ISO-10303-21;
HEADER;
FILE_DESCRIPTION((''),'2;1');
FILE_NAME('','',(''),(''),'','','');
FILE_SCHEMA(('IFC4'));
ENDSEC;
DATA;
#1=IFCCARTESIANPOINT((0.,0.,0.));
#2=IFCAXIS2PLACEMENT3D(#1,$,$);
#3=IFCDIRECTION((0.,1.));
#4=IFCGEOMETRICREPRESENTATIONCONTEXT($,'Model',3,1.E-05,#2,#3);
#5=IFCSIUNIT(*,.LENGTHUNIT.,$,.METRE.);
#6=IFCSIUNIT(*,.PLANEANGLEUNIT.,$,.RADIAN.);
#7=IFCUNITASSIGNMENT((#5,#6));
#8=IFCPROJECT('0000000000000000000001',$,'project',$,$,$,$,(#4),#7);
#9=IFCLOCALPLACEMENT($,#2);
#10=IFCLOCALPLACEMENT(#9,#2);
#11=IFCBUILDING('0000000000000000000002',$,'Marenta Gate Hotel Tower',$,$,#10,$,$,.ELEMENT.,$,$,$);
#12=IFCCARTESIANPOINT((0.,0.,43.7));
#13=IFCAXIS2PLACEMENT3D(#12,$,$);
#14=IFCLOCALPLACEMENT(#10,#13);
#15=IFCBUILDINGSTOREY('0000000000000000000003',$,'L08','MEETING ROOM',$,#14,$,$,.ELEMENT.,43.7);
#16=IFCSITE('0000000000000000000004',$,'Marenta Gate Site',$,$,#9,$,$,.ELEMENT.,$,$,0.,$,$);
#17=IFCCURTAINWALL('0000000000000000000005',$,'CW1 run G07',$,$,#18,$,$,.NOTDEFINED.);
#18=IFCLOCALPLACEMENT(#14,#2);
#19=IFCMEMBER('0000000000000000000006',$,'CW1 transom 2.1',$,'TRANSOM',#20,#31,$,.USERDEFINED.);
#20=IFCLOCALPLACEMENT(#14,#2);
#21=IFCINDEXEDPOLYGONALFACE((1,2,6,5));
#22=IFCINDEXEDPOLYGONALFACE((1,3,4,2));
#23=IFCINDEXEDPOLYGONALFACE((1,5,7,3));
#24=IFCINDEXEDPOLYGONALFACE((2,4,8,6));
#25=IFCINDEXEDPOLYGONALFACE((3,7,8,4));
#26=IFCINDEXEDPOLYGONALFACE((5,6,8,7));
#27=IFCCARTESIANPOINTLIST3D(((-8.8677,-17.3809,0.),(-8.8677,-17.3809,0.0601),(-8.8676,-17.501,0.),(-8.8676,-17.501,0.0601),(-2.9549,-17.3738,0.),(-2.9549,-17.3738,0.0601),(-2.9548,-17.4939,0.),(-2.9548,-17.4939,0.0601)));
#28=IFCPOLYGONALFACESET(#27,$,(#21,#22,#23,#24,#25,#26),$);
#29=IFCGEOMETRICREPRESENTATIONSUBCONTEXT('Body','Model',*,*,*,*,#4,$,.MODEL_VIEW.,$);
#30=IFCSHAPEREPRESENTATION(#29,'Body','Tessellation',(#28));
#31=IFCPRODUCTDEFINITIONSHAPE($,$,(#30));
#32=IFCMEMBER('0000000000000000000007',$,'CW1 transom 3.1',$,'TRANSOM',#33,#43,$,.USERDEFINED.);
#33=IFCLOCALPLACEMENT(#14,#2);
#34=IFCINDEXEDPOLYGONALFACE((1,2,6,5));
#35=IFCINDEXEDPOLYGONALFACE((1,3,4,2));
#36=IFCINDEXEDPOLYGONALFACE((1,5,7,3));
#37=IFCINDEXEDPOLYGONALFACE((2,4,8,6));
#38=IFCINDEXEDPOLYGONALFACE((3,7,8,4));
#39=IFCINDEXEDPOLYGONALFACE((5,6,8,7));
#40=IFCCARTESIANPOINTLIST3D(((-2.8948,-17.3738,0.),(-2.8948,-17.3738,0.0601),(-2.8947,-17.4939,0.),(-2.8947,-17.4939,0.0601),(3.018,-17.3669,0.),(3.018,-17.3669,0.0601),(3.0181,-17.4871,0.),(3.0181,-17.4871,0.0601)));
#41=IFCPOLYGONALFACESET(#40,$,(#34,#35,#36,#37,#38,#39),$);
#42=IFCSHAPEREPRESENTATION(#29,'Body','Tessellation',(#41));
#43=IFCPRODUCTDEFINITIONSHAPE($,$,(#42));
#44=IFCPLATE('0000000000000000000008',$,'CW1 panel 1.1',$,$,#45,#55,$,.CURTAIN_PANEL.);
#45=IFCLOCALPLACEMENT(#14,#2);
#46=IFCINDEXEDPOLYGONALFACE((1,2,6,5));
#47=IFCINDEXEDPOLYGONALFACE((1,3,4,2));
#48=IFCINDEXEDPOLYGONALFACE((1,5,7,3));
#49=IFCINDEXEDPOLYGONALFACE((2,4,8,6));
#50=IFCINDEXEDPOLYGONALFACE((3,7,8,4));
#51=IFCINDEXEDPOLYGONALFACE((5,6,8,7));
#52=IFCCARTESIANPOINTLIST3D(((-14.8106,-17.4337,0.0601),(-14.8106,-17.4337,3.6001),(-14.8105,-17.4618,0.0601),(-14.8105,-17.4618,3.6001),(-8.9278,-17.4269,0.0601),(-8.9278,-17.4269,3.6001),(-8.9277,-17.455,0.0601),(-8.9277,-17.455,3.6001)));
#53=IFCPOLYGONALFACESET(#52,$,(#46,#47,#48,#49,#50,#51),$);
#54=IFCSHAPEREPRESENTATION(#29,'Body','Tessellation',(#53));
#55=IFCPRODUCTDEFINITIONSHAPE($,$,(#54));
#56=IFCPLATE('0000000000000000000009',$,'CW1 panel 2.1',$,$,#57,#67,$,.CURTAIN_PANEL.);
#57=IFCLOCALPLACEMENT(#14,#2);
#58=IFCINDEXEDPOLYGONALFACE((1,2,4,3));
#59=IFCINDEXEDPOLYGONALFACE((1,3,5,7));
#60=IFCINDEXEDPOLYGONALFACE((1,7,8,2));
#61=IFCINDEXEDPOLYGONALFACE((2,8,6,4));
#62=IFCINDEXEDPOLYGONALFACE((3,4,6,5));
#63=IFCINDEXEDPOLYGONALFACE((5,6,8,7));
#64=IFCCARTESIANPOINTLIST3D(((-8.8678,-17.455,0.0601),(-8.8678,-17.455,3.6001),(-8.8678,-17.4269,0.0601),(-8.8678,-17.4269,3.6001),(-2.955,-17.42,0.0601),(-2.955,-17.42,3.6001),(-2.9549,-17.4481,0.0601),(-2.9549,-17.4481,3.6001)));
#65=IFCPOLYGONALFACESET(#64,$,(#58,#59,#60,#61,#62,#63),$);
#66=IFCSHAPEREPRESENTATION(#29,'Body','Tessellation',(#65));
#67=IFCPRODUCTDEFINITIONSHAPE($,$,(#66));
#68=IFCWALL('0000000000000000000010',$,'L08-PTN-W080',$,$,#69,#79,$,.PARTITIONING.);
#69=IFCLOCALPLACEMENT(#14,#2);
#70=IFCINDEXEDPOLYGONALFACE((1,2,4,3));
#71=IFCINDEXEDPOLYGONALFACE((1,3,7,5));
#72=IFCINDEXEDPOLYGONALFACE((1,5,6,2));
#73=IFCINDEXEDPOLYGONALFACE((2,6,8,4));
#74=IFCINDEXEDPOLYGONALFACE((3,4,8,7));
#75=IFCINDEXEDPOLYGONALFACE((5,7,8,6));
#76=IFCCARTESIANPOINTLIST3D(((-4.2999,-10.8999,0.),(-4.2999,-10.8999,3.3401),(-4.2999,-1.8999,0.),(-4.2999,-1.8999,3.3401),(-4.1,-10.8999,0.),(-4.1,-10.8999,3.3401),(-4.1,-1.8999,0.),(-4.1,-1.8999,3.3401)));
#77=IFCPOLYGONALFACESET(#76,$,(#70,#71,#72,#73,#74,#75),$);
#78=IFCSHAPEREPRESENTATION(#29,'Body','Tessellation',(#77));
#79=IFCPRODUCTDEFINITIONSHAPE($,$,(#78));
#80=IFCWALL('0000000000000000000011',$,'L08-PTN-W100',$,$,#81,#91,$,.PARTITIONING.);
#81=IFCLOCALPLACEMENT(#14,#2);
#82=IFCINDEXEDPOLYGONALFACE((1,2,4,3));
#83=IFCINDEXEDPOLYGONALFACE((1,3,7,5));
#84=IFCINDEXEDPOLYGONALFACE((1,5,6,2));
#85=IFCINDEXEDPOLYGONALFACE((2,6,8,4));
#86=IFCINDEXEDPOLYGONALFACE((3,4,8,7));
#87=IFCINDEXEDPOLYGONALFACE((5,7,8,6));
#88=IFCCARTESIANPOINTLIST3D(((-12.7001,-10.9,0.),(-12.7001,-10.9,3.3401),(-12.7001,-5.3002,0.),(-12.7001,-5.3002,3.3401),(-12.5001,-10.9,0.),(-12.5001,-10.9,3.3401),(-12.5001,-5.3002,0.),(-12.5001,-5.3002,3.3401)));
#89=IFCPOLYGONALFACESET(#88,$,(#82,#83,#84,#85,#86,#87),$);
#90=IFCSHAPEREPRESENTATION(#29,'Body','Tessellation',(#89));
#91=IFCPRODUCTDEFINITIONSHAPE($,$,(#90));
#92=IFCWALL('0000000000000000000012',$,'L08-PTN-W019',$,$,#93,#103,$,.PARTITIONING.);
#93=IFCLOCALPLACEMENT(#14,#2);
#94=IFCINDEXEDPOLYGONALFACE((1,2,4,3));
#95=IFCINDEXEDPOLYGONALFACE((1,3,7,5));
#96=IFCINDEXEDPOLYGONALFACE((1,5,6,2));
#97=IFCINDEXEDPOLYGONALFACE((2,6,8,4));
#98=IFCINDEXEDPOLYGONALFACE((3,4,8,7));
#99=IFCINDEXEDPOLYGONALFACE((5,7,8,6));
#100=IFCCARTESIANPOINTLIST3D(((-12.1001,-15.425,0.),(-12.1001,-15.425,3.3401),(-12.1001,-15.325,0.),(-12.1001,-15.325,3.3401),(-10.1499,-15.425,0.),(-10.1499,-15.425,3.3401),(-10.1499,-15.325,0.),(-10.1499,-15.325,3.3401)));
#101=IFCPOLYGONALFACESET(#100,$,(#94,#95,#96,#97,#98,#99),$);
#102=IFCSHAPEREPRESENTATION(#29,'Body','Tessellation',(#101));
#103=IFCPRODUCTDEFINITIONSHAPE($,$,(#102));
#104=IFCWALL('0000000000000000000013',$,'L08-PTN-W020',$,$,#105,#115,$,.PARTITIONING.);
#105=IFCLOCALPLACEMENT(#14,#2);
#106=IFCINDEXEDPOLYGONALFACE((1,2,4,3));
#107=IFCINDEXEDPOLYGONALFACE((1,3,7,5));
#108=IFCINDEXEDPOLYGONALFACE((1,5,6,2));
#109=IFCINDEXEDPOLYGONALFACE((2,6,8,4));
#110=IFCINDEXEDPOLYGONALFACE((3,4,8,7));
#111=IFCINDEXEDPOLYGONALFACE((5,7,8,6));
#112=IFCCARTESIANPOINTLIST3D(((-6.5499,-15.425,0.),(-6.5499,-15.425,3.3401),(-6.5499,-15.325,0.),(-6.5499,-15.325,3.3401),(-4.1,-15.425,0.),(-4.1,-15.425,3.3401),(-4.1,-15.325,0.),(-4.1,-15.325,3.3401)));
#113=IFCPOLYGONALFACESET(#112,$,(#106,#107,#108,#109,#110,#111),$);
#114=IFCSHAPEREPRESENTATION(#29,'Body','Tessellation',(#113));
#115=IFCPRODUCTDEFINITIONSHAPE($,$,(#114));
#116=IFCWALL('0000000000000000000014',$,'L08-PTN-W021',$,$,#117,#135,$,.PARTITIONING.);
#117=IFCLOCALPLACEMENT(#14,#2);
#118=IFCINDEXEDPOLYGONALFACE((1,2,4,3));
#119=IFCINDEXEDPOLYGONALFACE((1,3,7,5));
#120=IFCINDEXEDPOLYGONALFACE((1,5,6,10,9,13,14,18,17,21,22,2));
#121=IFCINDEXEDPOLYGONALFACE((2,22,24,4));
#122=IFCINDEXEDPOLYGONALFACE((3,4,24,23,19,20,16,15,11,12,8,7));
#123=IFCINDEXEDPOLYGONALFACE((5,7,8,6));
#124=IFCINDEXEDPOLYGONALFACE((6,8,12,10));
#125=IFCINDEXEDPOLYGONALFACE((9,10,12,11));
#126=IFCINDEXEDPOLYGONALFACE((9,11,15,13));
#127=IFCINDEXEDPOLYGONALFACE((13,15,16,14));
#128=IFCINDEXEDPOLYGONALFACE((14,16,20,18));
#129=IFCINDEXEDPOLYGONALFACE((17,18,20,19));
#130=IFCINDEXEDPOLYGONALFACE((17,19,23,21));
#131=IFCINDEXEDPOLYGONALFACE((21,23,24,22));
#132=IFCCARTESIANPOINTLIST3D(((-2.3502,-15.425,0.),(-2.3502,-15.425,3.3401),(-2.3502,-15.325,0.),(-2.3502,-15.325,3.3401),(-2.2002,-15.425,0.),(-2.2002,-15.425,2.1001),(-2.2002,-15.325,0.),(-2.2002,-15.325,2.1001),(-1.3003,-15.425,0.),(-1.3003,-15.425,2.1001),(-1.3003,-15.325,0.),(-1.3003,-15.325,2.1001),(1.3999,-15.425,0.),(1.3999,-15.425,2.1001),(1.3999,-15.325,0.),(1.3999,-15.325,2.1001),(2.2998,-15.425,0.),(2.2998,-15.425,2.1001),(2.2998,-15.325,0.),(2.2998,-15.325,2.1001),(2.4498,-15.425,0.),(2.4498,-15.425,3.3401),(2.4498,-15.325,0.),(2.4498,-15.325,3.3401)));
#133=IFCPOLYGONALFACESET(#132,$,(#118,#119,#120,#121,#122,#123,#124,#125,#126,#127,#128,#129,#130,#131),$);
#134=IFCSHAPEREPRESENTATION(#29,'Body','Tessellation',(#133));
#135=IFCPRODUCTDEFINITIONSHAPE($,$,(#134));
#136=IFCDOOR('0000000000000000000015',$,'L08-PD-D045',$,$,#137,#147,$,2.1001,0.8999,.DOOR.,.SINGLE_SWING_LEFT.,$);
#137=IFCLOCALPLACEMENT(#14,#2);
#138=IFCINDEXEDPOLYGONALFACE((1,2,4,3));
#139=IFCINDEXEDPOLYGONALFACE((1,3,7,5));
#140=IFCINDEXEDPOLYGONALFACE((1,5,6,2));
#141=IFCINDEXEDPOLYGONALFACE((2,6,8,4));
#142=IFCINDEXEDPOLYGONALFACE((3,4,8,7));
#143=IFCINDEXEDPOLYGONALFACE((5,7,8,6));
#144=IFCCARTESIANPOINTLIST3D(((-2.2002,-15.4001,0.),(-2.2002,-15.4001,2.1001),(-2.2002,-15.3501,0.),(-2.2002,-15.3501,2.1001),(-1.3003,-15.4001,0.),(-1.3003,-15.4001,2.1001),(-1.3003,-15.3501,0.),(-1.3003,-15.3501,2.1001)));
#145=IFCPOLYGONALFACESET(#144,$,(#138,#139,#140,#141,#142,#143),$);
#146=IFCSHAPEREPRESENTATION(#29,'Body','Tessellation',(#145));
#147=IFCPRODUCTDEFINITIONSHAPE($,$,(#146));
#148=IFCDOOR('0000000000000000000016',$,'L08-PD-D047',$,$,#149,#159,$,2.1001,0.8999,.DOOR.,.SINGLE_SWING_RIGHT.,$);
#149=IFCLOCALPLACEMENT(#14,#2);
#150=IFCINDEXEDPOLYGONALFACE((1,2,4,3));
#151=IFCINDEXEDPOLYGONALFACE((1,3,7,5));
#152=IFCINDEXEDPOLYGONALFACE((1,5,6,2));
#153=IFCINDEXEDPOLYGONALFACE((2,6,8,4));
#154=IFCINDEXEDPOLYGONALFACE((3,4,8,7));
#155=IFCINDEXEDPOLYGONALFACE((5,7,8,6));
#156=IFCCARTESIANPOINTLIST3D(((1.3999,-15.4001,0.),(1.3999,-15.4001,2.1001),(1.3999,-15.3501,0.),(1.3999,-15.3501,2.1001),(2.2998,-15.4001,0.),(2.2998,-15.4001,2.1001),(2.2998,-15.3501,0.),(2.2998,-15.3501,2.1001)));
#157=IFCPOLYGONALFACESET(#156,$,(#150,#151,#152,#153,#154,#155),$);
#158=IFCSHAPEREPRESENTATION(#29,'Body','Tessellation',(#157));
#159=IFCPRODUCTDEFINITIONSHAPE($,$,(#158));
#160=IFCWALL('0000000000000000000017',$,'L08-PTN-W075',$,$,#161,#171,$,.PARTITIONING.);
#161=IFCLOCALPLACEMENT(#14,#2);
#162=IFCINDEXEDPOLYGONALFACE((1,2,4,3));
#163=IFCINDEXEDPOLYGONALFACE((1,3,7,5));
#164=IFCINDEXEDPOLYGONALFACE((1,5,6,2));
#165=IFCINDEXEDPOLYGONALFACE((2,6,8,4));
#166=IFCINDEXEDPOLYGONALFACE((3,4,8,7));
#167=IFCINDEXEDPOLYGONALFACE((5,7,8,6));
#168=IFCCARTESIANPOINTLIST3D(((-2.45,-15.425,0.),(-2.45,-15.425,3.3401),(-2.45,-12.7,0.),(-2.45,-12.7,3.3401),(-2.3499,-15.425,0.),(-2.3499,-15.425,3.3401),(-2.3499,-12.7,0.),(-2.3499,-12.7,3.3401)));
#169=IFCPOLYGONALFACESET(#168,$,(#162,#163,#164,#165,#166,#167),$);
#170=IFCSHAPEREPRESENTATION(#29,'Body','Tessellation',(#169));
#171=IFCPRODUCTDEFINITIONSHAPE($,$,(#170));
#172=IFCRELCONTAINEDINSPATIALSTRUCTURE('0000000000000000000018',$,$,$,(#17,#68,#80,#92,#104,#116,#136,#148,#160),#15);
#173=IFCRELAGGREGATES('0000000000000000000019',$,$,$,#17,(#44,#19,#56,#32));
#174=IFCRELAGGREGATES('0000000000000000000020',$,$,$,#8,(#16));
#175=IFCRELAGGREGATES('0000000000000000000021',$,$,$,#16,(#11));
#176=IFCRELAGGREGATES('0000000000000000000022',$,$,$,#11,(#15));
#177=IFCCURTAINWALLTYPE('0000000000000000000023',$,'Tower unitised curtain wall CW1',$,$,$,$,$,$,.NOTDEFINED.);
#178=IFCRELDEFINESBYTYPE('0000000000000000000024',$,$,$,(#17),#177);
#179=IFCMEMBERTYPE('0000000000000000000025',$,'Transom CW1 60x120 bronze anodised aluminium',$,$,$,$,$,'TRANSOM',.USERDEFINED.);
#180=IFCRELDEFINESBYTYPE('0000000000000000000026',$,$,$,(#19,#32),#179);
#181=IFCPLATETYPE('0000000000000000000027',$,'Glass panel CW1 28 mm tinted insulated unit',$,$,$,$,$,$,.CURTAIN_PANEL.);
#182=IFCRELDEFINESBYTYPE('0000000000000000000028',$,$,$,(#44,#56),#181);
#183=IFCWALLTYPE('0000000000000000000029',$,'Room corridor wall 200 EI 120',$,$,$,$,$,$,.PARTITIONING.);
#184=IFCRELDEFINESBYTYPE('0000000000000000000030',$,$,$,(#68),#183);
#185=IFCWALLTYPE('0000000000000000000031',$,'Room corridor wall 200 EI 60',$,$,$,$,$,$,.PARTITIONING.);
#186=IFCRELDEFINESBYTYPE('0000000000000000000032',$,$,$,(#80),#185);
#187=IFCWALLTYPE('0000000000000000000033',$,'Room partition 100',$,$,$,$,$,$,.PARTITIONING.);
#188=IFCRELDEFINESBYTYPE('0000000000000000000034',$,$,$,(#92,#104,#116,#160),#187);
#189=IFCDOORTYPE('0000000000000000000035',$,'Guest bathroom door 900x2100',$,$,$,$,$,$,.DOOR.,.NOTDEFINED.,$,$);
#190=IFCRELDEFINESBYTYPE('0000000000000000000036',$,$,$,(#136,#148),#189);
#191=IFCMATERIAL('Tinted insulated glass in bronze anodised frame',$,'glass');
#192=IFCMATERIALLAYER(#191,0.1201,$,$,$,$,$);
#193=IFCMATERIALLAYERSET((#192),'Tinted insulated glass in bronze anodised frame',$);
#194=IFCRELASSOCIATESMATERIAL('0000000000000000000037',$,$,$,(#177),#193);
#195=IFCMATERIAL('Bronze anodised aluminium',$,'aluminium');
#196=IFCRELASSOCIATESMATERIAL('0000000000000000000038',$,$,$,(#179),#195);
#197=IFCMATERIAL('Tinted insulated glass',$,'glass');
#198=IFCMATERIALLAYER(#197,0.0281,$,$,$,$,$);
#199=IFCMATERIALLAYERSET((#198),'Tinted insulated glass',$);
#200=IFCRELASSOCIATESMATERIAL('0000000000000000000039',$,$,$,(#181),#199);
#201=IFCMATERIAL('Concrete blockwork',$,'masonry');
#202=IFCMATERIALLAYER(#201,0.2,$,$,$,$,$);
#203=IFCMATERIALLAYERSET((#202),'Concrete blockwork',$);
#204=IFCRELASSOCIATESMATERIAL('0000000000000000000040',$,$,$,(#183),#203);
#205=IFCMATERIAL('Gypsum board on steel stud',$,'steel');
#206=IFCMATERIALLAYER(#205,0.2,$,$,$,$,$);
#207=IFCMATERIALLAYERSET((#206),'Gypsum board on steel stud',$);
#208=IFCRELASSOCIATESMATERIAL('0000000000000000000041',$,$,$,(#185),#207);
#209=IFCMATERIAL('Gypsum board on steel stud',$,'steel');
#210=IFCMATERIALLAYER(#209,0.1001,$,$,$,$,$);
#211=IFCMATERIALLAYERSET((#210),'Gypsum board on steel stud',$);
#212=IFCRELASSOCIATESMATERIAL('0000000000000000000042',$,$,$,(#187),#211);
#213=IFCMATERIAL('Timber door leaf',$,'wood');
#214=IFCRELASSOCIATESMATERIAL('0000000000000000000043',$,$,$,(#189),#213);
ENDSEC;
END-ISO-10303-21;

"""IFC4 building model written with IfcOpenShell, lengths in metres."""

from ifc_helpers import new_model, si_unit, direction, frame, frame_2d, origin, origin_2d, place, context, subcontext, project, spatial, rectangle, extrude, material, layer, layer_set, material_profile, profile_set, type_object, element, fill, aggregate, save


model = new_model("IFC4")

# Units and contexts
model_context = context("Model", 3, precision=1e-05, world=origin(), true_north=direction((0.0, 1.0)))
body_context = subcontext(model_context, "Body", "Model", "MODEL_VIEW")
ifc_project = project(units=[si_unit("LENGTHUNIT", "METRE"), si_unit("PLANEANGLEUNIT", "RADIAN")], contexts=[model_context])

# Site, building, storey
site_placement = place(None, origin())
site = spatial("IfcSite", under=ifc_project, at=site_placement, Name="Marenta Gate Site", CompositionType="ELEMENT", RefElevation=0.0)
building_placement = place(site_placement, origin())
building = spatial("IfcBuilding", under=site, at=building_placement, Name="Marenta Gate Hotel Tower", CompositionType="ELEMENT")
storey_placement = place(building_placement, frame((0.0, 0.0, 43.7)))
storey = spatial("IfcBuildingStorey", under=building, at=storey_placement, Name="L08", Description="MEETING ROOM", CompositionType="ELEMENT", Elevation=43.7)

# Curtain wall, members, plates
ifc_material_1 = material(Name="Tinted insulated glass in bronze anodised frame", Category="glass")
ifc_layer_1 = layer(ifc_material_1, 0.1201)
ifc_layer_set_1 = layer_set([ifc_layer_1], Name="Tinted insulated glass in bronze anodised frame")
curtain_wall_type = type_object("IfcCurtainWallType", Name="Tower unitised curtain wall CW1", PredefinedType="NOTDEFINED", material=ifc_layer_set_1)
curtain_wall_placement = place(storey_placement, origin())
curtain_wall = element("IfcCurtainWall", 1, at=curtain_wall_placement, inside=storey, type_object=curtain_wall_type, Name="CW1 run G07", PredefinedType="NOTDEFINED")
ifc_material_2 = material(Name="Bronze anodised aluminium", Category="aluminium")
ifc_material_profile_1 = material_profile(ifc_material_2, rectangle(XDim=0.1201, YDim=0.0601, at=origin_2d()), Name="Transom CW1 60x120 bronze anodised aluminium")
ifc_profile_set_1 = profile_set([ifc_material_profile_1], Name="Bronze anodised aluminium")
member_type_1 = type_object("IfcMemberType", Name="Transom CW1 60x120 bronze anodised aluminium", ElementType="TRANSOM", PredefinedType="USERDEFINED", material=ifc_profile_set_1)
member_1_placement = place(storey_placement, frame((-8.8677, -17.4409, 0.03), z_axis=(0.999999, 0.001197, 0.0), x_axis=(-0.001197, 0.999999, 0.0)))
member_1 = element("IfcMember", 2, at=member_1_placement, type_object=member_type_1, Name="CW1 transom 2.1", ObjectType="TRANSOM", PredefinedType="USERDEFINED", context=body_context, shape_type="SweptSolid", body=[
    extrude(rectangle(XDim=0.1201, YDim=0.0601, at=origin_2d()), origin(), (0.0, 0.0, 1.0), 5.9128),
])
member_2_placement = place(storey_placement, frame((-2.8948, -17.4338, 0.03), z_axis=(0.999999, 0.001156, 0.0), x_axis=(-0.001156, 0.999999, 0.0)))
member_2 = element("IfcMember", 3, at=member_2_placement, type_object=member_type_1, Name="CW1 transom 3.1", ObjectType="TRANSOM", PredefinedType="USERDEFINED", context=body_context, shape_type="SweptSolid", body=[
    extrude(rectangle(XDim=0.1201, YDim=0.0601, at=origin_2d()), origin(), (0.0, 0.0, 1.0), 5.9128),
])
ifc_material_3 = material(Name="Tinted insulated glass", Category="glass")
ifc_layer_2 = layer(ifc_material_3, 0.0281)
ifc_layer_set_2 = layer_set([ifc_layer_2], Name="Tinted insulated glass")
plate_type = type_object("IfcPlateType", Name="Glass panel CW1 28 mm tinted insulated unit", PredefinedType="CURTAIN_PANEL", material=ifc_layer_set_2)
plate_1_placement = place(storey_placement, frame((-11.8691, -17.4443, 0.0601), z_axis=(0.0, 0.0, 1.0), x_axis=(0.999999, 0.001162, 0.0)))
plate_1 = element("IfcPlate", 4, at=plate_1_placement, type_object=plate_type, Name="CW1 panel 1.1", PredefinedType="CURTAIN_PANEL", context=body_context, shape_type="SweptSolid", body=[
    extrude(rectangle(XDim=5.8828, YDim=0.0281, at=origin_2d()), origin(), (0.0, 0.0, 1.0), 3.54),
])
plate_2_placement = place(storey_placement, frame((-5.9114, -17.4375, 0.0601), z_axis=(0.0, 0.0, 1.0), x_axis=(0.999999, 0.001162, 0.0)))
plate_2 = element("IfcPlate", 5, at=plate_2_placement, type_object=plate_type, Name="CW1 panel 2.1", PredefinedType="CURTAIN_PANEL", context=body_context, shape_type="SweptSolid", body=[
    extrude(rectangle(XDim=5.9128, YDim=0.0281, at=origin_2d()), origin(), (0.0, 0.0, 1.0), 3.54),
])
aggregate(curtain_wall, [plate_1, member_1, plate_2, member_2])

# Walls
ifc_material_4 = material(Name="Concrete blockwork", Category="masonry")
ifc_layer_3 = layer(ifc_material_4, 0.2)
ifc_layer_set_3 = layer_set([ifc_layer_3], Name="Concrete blockwork")
wall_type_1 = type_object("IfcWallType", Name="Room corridor wall 200 EI 120", PredefinedType="PARTITIONING", material=ifc_layer_set_3)
wall_1_placement = place(storey_placement, frame((-4.2, -10.8999, 0.0), z_axis=(0.0, 0.0, 1.0), x_axis=(0.0, 1.0, 0.0)))
element("IfcWall", 6, at=wall_1_placement, inside=storey, type_object=wall_type_1, Name="L08-PTN-W080", PredefinedType="PARTITIONING", context=body_context, shape_type="SweptSolid", body=[
    extrude(rectangle(XDim=9.0, YDim=0.2, at=frame_2d((4.5, 0.0))), origin(), (0.0, 0.0, 1.0), 3.3401),
])
ifc_material_5 = material(Name="Gypsum board on steel stud", Category="steel")
ifc_layer_4 = layer(ifc_material_5, 0.2)
ifc_layer_set_4 = layer_set([ifc_layer_4], Name="Gypsum board on steel stud")
wall_type_2 = type_object("IfcWallType", Name="Room corridor wall 200 EI 60", PredefinedType="PARTITIONING", material=ifc_layer_set_4)
wall_2_placement = place(storey_placement, frame((-12.6001, -10.8999, 0.0), z_axis=(0.0, 0.0, 1.0), x_axis=(0.0, 1.0, 0.0)))
element("IfcWall", 7, at=wall_2_placement, inside=storey, type_object=wall_type_2, Name="L08-PTN-W100", PredefinedType="PARTITIONING", context=body_context, shape_type="SweptSolid", body=[
    extrude(rectangle(XDim=5.5999, YDim=0.2, at=frame_2d((2.7998, 0.0))), origin(), (0.0, 0.0, 1.0), 3.3401),
])
ifc_material_6 = material(Name="Gypsum board on steel stud", Category="steel")
ifc_layer_5 = layer(ifc_material_6, 0.1001)
ifc_layer_set_5 = layer_set([ifc_layer_5], Name="Gypsum board on steel stud")
wall_type_3 = type_object("IfcWallType", Name="Room partition 100", PredefinedType="PARTITIONING", material=ifc_layer_set_5)
wall_3_placement = place(storey_placement, frame((-12.1001, -15.375, 0.0), z_axis=(0.0, 0.0, 1.0), x_axis=(1.0, 0.0, 0.0)))
element("IfcWall", 8, at=wall_3_placement, inside=storey, type_object=wall_type_3, Name="L08-PTN-W019", PredefinedType="PARTITIONING", context=body_context, shape_type="SweptSolid", body=[
    extrude(rectangle(XDim=1.9502, YDim=0.1001, at=frame_2d((0.9751, 0.0))), origin(), (0.0, 0.0, 1.0), 3.3401),
])
wall_4_placement = place(storey_placement, frame((-6.55, -15.375, 0.0), z_axis=(0.0, 0.0, 1.0), x_axis=(1.0, 0.0, 0.0)))
element("IfcWall", 9, at=wall_4_placement, inside=storey, type_object=wall_type_3, Name="L08-PTN-W020", PredefinedType="PARTITIONING", context=body_context, shape_type="SweptSolid", body=[
    extrude(rectangle(XDim=2.45, YDim=0.1001, at=frame_2d((1.2251, 0.0))), origin(), (0.0, 0.0, 1.0), 3.3401),
])

# Wall, openings, doors
wall_5_placement = place(storey_placement, frame((-2.3501, -15.375, 0.0), z_axis=(0.0, 0.0, 1.0), x_axis=(1.0, 0.0, 0.0)))
wall_5 = element("IfcWall", 10, at=wall_5_placement, inside=storey, type_object=wall_type_3, Name="L08-PTN-W021", PredefinedType="PARTITIONING", context=body_context, shape_type="SweptSolid", body=[
    extrude(rectangle(XDim=4.8, YDim=0.1001, at=frame_2d((2.3999, 0.0))), origin(), (0.0, 0.0, 1.0), 3.3401),
])
opening_1_placement = place(wall_5_placement, frame((0.1499, 0.0, 0.0)))
opening_1 = element("IfcOpeningElement", 11, at=opening_1_placement, cuts=wall_5, PredefinedType="OPENING", context=body_context, shape_type="SweptSolid", body=[
    extrude(rectangle(XDim=0.8999, YDim=2.1001, at=frame_2d((0.45, 1.05))), frame((0.0, 0.05, 0.0), z_axis=(0.0, -1.0, 0.0), x_axis=(1.0, 0.0, 0.0)), (0.0, 0.0, 1.0), 0.1001),
])
opening_2_placement = place(wall_5_placement, frame((3.75, 0.0, 0.0)))
opening_2 = element("IfcOpeningElement", 12, at=opening_2_placement, cuts=wall_5, PredefinedType="OPENING", context=body_context, shape_type="SweptSolid", body=[
    extrude(rectangle(XDim=0.8999, YDim=2.1001, at=frame_2d((0.45, 1.05))), frame((0.0, 0.05, 0.0), z_axis=(0.0, -1.0, 0.0), x_axis=(1.0, 0.0, 0.0)), (0.0, 0.0, 1.0), 0.1001),
])
ifc_material_7 = material(Name="Timber door leaf", Category="wood")
door_type = type_object("IfcDoorType", Name="Guest bathroom door 900x2100", OperationType="NOTDEFINED", PredefinedType="DOOR", material=ifc_material_7)
door_1_placement = place(opening_1_placement, origin())
door_1 = element("IfcDoor", 13, at=door_1_placement, inside=storey, type_object=door_type, Name="L08-PD-D045", OperationType="SINGLE_SWING_LEFT", OverallHeight=2.1001, OverallWidth=0.8999, PredefinedType="DOOR", context=body_context, shape_type="SweptSolid", body=[
    extrude(rectangle(XDim=0.8999, YDim=2.1001, at=frame_2d((0.45, 1.05))), frame((0.0, 0.0249, 0.0), z_axis=(0.0, -1.0, 0.0), x_axis=(1.0, 0.0, 0.0)), (0.0, 0.0, 1.0), 0.05),
])
fill(opening_1, door_1)
door_2_placement = place(opening_2_placement, origin())
door_2 = element("IfcDoor", 14, at=door_2_placement, inside=storey, type_object=door_type, Name="L08-PD-D047", OperationType="SINGLE_SWING_RIGHT", OverallHeight=2.1001, OverallWidth=0.8999, PredefinedType="DOOR", context=body_context, shape_type="SweptSolid", body=[
    extrude(rectangle(XDim=0.8999, YDim=2.1001, at=frame_2d((0.45, 1.05))), frame((0.0, 0.0249, 0.0), z_axis=(0.0, -1.0, 0.0), x_axis=(1.0, 0.0, 0.0)), (0.0, 0.0, 1.0), 0.05),
])
fill(opening_2, door_2)

# Wall
wall_6_placement = place(storey_placement, frame((-2.3999, -15.425, 0.0), z_axis=(0.0, 0.0, 1.0), x_axis=(0.0, 1.0, 0.0)))
element("IfcWall", 15, at=wall_6_placement, inside=storey, type_object=wall_type_3, Name="L08-PTN-W075", PredefinedType="PARTITIONING", context=body_context, shape_type="SweptSolid", body=[
    extrude(rectangle(XDim=2.7251, YDim=0.1001, at=frame_2d((1.3625, 0.0))), origin(), (0.0, 0.0, 1.0), 3.3401),
])

save(model, "model.ifc")
